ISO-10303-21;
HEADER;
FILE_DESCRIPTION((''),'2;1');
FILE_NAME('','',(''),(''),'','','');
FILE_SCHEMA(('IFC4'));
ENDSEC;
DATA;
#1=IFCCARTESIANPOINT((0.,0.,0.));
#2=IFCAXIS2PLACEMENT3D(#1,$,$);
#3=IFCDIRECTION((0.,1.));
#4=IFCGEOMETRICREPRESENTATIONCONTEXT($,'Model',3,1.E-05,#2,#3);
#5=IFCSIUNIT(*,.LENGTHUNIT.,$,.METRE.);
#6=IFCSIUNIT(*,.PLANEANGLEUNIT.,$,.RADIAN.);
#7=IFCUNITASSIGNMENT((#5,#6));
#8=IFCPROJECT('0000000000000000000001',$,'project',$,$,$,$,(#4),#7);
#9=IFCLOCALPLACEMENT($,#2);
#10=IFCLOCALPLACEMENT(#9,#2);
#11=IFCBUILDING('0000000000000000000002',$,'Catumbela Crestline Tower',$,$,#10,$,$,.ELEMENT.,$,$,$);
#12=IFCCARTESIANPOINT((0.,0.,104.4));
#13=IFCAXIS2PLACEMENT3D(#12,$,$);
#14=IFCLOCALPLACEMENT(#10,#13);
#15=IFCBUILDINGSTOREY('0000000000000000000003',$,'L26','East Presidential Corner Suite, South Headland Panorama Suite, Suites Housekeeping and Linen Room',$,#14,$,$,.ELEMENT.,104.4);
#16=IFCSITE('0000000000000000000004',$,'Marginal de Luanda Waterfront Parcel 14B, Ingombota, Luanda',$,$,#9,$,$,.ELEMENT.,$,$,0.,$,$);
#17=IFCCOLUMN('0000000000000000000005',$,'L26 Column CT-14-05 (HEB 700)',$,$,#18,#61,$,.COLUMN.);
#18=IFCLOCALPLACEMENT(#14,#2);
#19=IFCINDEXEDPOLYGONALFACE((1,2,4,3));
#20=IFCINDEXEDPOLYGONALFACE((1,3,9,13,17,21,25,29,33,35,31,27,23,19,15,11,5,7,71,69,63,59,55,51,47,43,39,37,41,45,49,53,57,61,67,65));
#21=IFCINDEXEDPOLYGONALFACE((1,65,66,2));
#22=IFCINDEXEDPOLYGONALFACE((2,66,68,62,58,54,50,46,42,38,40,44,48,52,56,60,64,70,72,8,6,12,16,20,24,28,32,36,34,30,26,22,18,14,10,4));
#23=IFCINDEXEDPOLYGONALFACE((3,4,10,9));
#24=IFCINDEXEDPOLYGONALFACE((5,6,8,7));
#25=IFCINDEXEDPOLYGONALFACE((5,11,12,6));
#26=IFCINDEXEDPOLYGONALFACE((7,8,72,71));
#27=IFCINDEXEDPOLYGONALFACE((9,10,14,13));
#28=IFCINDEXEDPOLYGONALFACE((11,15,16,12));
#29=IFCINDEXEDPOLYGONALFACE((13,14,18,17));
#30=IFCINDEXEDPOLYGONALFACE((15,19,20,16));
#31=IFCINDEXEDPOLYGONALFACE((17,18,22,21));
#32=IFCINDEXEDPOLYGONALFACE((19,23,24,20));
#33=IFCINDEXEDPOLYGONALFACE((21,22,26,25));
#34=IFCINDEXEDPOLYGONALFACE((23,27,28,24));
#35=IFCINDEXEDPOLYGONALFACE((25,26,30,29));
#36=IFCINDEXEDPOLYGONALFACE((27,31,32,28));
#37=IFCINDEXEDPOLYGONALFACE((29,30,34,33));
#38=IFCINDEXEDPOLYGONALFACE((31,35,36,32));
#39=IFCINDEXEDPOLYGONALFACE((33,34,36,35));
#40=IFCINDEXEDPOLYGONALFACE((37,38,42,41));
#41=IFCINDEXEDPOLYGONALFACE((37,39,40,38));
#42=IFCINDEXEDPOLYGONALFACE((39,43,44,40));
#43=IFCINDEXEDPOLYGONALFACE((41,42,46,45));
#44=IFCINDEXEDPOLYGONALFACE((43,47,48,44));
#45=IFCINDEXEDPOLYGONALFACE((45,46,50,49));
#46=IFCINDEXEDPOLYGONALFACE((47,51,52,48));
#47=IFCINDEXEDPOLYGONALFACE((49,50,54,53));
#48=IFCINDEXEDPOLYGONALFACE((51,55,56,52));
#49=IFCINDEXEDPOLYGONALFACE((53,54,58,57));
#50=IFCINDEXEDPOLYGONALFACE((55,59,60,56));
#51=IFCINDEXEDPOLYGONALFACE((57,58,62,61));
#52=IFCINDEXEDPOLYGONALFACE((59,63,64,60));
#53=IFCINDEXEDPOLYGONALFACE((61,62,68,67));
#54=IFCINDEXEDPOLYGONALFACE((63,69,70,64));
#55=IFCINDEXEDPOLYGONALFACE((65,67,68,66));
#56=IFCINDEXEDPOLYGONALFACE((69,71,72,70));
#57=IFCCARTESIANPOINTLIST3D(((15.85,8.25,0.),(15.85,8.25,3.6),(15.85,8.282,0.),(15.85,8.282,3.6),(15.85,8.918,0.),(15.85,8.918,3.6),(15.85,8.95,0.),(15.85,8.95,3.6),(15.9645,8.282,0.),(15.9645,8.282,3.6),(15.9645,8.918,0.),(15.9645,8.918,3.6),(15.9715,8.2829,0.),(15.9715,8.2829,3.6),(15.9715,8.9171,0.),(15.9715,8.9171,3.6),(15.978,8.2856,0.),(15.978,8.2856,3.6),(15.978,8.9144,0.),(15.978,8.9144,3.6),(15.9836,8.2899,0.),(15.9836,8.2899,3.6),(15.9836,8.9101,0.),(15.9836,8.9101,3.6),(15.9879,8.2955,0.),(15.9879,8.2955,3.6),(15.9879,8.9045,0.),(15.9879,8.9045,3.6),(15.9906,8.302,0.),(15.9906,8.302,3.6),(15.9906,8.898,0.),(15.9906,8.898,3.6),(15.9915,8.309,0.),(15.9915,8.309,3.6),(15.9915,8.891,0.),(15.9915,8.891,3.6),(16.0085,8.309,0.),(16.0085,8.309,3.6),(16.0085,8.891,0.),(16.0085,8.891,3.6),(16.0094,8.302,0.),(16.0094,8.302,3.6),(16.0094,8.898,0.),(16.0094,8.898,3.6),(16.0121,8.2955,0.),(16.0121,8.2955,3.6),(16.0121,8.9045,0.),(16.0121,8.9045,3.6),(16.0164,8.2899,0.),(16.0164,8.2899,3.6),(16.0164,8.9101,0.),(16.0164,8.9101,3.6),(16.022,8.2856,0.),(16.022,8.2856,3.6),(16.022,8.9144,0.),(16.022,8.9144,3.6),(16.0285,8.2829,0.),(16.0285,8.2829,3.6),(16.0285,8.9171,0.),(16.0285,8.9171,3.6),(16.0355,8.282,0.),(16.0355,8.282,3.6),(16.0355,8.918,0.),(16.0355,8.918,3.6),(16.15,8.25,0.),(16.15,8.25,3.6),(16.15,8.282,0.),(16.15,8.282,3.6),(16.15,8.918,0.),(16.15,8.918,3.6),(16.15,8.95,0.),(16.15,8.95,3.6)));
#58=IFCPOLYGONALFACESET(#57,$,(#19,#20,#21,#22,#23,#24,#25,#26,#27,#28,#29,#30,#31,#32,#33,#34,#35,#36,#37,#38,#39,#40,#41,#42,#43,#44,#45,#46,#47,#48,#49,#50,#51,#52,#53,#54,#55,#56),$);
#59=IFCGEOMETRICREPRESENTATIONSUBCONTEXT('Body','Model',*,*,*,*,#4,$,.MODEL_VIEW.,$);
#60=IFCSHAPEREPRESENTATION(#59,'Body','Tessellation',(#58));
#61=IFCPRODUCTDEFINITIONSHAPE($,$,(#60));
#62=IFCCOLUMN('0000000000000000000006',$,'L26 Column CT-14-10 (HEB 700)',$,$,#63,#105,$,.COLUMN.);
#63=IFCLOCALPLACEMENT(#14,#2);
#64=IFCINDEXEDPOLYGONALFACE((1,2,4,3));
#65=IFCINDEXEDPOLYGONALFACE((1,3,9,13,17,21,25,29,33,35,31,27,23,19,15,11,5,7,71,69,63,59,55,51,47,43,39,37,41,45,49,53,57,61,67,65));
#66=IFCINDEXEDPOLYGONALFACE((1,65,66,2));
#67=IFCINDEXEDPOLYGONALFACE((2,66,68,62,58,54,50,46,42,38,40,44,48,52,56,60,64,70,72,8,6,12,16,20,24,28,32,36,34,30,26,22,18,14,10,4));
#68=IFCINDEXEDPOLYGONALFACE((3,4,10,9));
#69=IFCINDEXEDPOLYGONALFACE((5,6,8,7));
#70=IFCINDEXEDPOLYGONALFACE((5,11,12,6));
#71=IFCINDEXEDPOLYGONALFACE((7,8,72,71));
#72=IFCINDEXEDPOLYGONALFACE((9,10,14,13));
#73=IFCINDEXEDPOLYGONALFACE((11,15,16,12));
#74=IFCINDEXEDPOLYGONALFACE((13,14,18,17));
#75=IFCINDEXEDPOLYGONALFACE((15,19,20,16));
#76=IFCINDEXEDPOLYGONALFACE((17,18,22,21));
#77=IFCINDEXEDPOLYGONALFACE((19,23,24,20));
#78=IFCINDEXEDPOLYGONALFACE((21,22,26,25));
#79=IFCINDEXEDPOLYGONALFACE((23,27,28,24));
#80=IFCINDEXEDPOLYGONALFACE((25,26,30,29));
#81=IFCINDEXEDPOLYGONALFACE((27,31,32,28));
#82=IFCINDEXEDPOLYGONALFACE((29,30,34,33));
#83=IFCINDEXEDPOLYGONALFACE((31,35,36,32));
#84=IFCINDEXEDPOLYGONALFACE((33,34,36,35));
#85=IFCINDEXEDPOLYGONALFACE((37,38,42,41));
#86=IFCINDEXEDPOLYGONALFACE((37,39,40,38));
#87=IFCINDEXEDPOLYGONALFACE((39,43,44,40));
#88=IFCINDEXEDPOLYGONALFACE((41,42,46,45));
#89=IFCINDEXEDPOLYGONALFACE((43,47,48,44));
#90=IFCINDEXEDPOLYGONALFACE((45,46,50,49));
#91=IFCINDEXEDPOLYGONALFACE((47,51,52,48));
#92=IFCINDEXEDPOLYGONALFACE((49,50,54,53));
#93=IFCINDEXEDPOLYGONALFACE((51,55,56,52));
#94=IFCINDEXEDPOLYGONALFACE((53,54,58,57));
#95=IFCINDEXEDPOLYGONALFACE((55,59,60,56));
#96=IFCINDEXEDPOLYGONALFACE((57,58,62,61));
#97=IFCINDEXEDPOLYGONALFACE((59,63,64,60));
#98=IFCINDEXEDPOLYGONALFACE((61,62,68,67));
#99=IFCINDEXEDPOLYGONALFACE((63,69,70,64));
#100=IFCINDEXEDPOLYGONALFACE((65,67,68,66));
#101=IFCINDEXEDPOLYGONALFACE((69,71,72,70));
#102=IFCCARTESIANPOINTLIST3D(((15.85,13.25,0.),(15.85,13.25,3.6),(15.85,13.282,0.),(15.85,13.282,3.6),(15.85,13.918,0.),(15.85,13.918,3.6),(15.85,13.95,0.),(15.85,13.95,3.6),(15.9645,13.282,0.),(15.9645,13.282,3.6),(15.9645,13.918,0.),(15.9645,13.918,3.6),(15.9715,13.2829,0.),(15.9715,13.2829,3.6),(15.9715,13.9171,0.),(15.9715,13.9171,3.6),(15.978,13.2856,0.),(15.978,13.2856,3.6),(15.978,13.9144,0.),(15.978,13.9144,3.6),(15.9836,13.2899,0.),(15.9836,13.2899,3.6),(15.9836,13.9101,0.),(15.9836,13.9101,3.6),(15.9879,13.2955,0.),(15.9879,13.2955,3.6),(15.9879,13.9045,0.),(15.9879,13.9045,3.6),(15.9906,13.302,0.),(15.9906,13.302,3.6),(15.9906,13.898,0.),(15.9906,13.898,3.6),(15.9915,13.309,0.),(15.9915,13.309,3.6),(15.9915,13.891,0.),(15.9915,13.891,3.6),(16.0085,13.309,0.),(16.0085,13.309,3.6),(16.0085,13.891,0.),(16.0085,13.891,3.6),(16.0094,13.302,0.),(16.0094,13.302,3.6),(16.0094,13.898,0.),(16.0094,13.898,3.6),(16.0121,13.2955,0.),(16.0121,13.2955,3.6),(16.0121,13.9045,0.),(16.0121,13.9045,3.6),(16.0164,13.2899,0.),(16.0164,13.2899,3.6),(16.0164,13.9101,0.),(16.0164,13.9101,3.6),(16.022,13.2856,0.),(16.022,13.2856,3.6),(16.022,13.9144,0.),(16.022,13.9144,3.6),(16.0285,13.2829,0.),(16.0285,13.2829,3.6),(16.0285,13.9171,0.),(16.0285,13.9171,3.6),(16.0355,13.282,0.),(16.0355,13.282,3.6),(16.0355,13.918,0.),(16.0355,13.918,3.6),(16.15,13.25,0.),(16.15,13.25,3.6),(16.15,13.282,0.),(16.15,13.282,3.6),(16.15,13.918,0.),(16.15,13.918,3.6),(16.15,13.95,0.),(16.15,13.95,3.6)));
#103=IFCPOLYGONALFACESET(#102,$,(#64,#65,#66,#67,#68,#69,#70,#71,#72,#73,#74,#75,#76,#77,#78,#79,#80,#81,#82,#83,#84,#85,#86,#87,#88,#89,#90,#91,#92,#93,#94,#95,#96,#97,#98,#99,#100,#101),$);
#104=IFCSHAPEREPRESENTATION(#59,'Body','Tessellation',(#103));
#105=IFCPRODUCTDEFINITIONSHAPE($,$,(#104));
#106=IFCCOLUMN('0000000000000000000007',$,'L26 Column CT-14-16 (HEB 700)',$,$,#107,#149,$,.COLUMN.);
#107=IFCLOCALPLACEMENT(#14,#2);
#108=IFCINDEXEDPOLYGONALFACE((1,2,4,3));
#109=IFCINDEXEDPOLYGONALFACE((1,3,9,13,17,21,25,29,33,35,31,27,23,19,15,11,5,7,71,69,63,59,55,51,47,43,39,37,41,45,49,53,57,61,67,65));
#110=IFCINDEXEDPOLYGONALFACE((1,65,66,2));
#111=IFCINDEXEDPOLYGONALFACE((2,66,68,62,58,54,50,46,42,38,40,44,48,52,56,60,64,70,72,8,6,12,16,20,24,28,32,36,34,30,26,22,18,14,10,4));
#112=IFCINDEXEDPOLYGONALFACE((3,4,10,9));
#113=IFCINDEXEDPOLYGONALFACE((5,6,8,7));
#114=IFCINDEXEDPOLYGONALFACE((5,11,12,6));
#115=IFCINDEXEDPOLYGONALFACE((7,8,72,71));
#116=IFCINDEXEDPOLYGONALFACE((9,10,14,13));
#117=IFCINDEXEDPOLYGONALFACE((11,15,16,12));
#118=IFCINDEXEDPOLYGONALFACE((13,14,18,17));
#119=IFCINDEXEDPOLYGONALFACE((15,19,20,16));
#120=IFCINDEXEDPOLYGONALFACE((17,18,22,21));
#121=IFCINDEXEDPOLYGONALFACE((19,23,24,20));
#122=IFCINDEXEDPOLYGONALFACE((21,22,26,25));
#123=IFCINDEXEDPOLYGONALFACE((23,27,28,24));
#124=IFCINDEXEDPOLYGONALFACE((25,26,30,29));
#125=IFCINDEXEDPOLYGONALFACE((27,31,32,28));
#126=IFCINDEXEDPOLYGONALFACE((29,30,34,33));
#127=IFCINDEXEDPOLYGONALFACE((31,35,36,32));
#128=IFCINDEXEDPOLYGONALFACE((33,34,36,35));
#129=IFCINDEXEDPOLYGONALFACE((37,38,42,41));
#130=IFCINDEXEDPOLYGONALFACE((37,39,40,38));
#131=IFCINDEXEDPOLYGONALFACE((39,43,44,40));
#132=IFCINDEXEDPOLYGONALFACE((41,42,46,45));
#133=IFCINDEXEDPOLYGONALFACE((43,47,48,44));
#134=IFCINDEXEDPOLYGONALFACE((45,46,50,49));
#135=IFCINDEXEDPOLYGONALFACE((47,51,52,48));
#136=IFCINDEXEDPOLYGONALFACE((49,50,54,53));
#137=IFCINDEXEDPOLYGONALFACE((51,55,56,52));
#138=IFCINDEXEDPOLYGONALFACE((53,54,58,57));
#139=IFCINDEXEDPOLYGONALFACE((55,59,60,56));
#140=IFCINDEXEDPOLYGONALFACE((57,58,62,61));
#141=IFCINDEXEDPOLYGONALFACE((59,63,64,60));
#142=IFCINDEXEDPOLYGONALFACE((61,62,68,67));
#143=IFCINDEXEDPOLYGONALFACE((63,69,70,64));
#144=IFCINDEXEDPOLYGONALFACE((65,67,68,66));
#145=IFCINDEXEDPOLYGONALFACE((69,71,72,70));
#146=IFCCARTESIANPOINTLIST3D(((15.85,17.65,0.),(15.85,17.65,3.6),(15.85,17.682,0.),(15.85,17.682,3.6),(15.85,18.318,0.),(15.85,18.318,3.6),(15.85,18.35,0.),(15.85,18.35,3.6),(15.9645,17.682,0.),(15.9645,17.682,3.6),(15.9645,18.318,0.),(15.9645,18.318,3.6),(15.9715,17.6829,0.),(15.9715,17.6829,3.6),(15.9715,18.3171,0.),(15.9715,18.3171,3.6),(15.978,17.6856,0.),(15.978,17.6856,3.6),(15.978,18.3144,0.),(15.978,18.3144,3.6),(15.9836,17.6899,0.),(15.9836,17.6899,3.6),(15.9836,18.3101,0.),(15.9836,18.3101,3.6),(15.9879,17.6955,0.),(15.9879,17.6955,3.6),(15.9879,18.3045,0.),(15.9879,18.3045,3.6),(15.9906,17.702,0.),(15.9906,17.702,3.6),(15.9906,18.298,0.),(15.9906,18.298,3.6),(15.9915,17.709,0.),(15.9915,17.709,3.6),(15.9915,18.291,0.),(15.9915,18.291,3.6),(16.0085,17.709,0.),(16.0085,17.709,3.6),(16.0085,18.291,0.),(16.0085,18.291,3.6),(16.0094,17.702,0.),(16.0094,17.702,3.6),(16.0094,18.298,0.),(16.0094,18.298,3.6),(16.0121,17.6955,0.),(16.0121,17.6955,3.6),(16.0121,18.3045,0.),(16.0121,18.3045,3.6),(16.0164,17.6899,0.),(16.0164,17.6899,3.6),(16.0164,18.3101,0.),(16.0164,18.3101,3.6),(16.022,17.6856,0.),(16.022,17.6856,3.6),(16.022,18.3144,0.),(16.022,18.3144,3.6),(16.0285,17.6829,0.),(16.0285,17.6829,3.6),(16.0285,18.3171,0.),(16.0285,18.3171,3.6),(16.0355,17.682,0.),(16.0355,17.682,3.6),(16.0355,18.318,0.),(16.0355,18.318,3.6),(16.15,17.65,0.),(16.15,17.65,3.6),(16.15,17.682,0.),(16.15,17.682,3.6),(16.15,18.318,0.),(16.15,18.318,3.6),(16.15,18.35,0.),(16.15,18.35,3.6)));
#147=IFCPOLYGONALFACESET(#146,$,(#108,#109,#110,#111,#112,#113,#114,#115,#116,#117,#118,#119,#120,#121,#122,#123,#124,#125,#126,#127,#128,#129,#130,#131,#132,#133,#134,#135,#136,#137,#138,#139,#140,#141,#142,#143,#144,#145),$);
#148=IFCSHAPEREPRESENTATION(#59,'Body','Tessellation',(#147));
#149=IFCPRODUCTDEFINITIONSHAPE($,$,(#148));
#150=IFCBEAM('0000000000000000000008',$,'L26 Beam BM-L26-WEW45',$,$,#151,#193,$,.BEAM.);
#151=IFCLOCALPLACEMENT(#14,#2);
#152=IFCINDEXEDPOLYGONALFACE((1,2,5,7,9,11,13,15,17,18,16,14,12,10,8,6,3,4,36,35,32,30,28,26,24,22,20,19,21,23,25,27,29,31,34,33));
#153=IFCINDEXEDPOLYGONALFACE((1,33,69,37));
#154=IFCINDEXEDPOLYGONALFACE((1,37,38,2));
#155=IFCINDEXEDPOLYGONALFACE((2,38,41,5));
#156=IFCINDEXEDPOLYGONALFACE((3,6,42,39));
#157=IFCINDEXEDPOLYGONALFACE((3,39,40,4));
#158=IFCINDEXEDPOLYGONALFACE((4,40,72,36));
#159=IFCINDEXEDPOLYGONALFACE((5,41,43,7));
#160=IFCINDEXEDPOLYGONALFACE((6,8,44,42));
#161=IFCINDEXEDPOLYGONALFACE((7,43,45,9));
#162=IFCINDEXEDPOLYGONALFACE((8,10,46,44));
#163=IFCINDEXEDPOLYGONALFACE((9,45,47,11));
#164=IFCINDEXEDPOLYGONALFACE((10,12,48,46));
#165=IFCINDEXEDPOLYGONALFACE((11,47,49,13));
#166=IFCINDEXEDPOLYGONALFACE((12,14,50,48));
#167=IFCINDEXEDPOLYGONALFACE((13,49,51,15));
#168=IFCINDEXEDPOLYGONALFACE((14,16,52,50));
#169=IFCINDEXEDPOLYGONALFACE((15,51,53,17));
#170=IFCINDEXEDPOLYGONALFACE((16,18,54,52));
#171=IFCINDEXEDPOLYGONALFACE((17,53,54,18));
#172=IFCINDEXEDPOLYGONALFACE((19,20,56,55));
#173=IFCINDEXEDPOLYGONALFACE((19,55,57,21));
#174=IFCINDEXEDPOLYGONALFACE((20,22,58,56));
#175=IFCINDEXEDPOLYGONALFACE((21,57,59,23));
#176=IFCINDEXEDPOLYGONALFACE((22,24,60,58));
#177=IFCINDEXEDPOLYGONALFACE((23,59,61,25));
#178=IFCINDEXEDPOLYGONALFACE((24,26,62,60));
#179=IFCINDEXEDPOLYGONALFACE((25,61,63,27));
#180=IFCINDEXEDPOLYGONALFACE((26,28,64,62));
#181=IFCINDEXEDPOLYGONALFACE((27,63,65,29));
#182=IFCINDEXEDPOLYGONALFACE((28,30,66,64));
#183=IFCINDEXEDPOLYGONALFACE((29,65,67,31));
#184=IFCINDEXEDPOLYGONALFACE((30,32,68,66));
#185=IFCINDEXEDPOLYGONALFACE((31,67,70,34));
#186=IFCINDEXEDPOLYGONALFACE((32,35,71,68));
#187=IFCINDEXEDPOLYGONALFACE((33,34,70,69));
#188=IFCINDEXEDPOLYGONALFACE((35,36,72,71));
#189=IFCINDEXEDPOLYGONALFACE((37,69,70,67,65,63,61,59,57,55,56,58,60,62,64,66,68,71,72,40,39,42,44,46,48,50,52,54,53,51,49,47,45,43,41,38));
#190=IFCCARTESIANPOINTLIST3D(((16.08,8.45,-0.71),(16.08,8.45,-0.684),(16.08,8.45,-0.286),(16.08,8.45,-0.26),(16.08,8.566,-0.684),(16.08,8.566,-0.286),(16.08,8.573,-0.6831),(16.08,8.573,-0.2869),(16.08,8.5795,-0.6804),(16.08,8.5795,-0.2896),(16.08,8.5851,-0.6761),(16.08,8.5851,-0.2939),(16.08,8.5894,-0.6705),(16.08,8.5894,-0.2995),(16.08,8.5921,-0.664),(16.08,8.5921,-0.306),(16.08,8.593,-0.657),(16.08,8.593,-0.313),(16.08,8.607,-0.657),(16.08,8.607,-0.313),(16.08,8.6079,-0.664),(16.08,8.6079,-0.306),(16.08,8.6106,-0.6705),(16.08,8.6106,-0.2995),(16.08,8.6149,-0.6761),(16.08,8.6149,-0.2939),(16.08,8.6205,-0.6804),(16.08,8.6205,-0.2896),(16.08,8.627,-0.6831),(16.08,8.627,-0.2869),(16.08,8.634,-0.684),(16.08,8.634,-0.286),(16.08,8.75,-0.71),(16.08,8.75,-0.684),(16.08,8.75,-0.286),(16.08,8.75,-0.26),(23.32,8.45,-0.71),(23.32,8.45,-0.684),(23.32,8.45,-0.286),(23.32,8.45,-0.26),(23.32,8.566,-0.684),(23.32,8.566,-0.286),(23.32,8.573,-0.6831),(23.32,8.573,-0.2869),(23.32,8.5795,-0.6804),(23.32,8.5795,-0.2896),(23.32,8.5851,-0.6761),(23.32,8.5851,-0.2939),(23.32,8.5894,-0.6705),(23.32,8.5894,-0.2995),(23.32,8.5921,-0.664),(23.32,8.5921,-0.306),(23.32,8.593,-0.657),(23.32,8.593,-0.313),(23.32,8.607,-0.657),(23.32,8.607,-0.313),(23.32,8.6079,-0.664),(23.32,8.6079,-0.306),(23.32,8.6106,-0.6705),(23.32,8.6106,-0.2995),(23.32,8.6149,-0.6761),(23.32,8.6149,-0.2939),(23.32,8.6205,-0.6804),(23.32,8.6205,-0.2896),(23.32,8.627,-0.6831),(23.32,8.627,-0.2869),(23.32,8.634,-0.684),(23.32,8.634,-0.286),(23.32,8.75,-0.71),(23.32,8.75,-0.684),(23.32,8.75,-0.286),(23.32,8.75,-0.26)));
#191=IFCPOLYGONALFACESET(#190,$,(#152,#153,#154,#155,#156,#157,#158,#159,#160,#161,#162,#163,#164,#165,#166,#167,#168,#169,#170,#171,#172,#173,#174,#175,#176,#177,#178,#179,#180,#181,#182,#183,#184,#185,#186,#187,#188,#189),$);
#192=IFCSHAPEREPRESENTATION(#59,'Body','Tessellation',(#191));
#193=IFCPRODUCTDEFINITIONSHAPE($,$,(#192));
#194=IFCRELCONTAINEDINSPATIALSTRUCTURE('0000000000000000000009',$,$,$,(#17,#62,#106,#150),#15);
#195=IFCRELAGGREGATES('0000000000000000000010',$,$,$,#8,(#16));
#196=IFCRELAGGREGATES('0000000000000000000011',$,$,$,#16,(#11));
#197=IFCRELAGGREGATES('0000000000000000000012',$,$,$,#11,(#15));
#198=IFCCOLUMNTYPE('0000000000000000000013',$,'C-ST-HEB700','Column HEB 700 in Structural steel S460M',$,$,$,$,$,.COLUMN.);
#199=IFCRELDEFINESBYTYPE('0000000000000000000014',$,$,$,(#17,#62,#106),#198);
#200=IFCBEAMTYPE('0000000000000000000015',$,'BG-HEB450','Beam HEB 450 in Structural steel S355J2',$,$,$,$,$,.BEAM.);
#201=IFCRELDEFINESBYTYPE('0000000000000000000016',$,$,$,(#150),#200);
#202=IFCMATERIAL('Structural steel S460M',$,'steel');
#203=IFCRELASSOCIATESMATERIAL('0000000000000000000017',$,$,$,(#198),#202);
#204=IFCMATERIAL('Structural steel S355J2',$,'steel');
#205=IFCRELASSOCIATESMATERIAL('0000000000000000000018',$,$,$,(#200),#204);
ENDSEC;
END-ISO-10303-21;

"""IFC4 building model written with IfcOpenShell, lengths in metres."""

from ifc_helpers import new_model, si_unit, direction, frame, origin, origin_2d, place, context, subcontext, project, spatial, i_section, extrude, material, material_profile, profile_set, type_object, element, save


model = new_model("IFC4")

# Units and contexts
model_context = context("Model", 3, precision=1e-05, world=origin(), true_north=direction((0.0, 1.0)))
body_context = subcontext(model_context, "Body", "Model", "MODEL_VIEW")
ifc_project = project(units=[si_unit("LENGTHUNIT", "METRE"), si_unit("PLANEANGLEUNIT", "RADIAN")], contexts=[model_context])

# Site, building, storey
site_placement = place(None, origin())
site = spatial("IfcSite", under=ifc_project, at=site_placement, Name="Marginal de Luanda Waterfront Parcel 14B, Ingombota, Luanda", CompositionType="ELEMENT", RefElevation=0.0)
building_placement = place(site_placement, origin())
building = spatial("IfcBuilding", under=site, at=building_placement, Name="Catumbela Crestline Tower", CompositionType="ELEMENT")
storey_placement = place(building_placement, frame((0.0, 0.0, 104.4)))
storey = spatial("IfcBuildingStorey", under=building, at=storey_placement, Name="L26", Description="East Presidential Corner Suite, South Headland Panorama Suite, Suites Housekeeping and Linen Room", CompositionType="ELEMENT", Elevation=104.4)

# Columns
ifc_material_1 = material(Name="Structural steel S460M", Category="steel")
ifc_material_profile_1 = material_profile(ifc_material_1, i_section(OverallWidth=0.3, OverallDepth=0.7, WebThickness=0.017, FlangeThickness=0.032, FilletRadius=0.027, at=origin_2d()), Name="HEB 700")
ifc_profile_set_1 = profile_set([ifc_material_profile_1], Name="Structural steel S460M")
column_type = type_object("IfcColumnType", Name="C-ST-HEB700", Description="Column HEB 700 in Structural steel S460M", PredefinedType="COLUMN", material=ifc_profile_set_1)
for number, where, z_axis, x_axis, name in (
    (1, (16.0, 8.6, 0.0), (0.0, 0.0, 1.0), (1.0, 0.0, 0.0), "L26 Column CT-14-05 (HEB 700)"),
    (2, (16.0, 13.6, 0.0), (0.0, 0.0, 1.0), (1.0, 0.0, 0.0), "L26 Column CT-14-10 (HEB 700)"),
    (3, (16.0, 18.0, 0.0), (0.0, 0.0, 1.0), (1.0, 0.0, 0.0), "L26 Column CT-14-16 (HEB 700)"),
):
    element("IfcColumn", number, at=place(storey_placement, frame(where, z_axis=z_axis, x_axis=x_axis)), inside=storey, type_object=column_type, Name=name, PredefinedType="COLUMN", context=body_context, shape_type="SweptSolid", body=[
        extrude(i_section(OverallWidth=0.3, OverallDepth=0.7, WebThickness=0.017, FlangeThickness=0.032, FilletRadius=0.027, at=origin_2d()), origin(), (0.0, 0.0, 1.0), 3.6),
    ])

# Beam
ifc_material_2 = material(Name="Structural steel S355J2", Category="steel")
ifc_material_profile_2 = material_profile(ifc_material_2, i_section(OverallWidth=0.3, OverallDepth=0.45, WebThickness=0.014, FlangeThickness=0.026, FilletRadius=0.027, at=origin_2d()), Name="HEB 450")
ifc_profile_set_2 = profile_set([ifc_material_profile_2], Name="Structural steel S355J2")
beam_type_1 = type_object("IfcBeamType", Name="BG-HEB450", Description="Beam HEB 450 in Structural steel S355J2", PredefinedType="BEAM", material=ifc_profile_set_2)
for number, where, z_axis, x_axis, name in (
    (4, (16.08, 8.6, -0.485), (1.0, 0.0, 0.0), (0.0, 1.0, 0.0), "L26 Beam BM-L26-WEW45"),
):
    element("IfcBeam", number, at=place(storey_placement, frame(where, z_axis=z_axis, x_axis=x_axis)), inside=storey, type_object=beam_type_1, Name=name, PredefinedType="BEAM", context=body_context, shape_type="SweptSolid", body=[
        extrude(i_section(OverallWidth=0.3, OverallDepth=0.45, WebThickness=0.014, FlangeThickness=0.026, FilletRadius=0.027, at=origin_2d()), origin(), (0.0, 0.0, 1.0), 7.24),
    ])

save(model, "model.ifc")
